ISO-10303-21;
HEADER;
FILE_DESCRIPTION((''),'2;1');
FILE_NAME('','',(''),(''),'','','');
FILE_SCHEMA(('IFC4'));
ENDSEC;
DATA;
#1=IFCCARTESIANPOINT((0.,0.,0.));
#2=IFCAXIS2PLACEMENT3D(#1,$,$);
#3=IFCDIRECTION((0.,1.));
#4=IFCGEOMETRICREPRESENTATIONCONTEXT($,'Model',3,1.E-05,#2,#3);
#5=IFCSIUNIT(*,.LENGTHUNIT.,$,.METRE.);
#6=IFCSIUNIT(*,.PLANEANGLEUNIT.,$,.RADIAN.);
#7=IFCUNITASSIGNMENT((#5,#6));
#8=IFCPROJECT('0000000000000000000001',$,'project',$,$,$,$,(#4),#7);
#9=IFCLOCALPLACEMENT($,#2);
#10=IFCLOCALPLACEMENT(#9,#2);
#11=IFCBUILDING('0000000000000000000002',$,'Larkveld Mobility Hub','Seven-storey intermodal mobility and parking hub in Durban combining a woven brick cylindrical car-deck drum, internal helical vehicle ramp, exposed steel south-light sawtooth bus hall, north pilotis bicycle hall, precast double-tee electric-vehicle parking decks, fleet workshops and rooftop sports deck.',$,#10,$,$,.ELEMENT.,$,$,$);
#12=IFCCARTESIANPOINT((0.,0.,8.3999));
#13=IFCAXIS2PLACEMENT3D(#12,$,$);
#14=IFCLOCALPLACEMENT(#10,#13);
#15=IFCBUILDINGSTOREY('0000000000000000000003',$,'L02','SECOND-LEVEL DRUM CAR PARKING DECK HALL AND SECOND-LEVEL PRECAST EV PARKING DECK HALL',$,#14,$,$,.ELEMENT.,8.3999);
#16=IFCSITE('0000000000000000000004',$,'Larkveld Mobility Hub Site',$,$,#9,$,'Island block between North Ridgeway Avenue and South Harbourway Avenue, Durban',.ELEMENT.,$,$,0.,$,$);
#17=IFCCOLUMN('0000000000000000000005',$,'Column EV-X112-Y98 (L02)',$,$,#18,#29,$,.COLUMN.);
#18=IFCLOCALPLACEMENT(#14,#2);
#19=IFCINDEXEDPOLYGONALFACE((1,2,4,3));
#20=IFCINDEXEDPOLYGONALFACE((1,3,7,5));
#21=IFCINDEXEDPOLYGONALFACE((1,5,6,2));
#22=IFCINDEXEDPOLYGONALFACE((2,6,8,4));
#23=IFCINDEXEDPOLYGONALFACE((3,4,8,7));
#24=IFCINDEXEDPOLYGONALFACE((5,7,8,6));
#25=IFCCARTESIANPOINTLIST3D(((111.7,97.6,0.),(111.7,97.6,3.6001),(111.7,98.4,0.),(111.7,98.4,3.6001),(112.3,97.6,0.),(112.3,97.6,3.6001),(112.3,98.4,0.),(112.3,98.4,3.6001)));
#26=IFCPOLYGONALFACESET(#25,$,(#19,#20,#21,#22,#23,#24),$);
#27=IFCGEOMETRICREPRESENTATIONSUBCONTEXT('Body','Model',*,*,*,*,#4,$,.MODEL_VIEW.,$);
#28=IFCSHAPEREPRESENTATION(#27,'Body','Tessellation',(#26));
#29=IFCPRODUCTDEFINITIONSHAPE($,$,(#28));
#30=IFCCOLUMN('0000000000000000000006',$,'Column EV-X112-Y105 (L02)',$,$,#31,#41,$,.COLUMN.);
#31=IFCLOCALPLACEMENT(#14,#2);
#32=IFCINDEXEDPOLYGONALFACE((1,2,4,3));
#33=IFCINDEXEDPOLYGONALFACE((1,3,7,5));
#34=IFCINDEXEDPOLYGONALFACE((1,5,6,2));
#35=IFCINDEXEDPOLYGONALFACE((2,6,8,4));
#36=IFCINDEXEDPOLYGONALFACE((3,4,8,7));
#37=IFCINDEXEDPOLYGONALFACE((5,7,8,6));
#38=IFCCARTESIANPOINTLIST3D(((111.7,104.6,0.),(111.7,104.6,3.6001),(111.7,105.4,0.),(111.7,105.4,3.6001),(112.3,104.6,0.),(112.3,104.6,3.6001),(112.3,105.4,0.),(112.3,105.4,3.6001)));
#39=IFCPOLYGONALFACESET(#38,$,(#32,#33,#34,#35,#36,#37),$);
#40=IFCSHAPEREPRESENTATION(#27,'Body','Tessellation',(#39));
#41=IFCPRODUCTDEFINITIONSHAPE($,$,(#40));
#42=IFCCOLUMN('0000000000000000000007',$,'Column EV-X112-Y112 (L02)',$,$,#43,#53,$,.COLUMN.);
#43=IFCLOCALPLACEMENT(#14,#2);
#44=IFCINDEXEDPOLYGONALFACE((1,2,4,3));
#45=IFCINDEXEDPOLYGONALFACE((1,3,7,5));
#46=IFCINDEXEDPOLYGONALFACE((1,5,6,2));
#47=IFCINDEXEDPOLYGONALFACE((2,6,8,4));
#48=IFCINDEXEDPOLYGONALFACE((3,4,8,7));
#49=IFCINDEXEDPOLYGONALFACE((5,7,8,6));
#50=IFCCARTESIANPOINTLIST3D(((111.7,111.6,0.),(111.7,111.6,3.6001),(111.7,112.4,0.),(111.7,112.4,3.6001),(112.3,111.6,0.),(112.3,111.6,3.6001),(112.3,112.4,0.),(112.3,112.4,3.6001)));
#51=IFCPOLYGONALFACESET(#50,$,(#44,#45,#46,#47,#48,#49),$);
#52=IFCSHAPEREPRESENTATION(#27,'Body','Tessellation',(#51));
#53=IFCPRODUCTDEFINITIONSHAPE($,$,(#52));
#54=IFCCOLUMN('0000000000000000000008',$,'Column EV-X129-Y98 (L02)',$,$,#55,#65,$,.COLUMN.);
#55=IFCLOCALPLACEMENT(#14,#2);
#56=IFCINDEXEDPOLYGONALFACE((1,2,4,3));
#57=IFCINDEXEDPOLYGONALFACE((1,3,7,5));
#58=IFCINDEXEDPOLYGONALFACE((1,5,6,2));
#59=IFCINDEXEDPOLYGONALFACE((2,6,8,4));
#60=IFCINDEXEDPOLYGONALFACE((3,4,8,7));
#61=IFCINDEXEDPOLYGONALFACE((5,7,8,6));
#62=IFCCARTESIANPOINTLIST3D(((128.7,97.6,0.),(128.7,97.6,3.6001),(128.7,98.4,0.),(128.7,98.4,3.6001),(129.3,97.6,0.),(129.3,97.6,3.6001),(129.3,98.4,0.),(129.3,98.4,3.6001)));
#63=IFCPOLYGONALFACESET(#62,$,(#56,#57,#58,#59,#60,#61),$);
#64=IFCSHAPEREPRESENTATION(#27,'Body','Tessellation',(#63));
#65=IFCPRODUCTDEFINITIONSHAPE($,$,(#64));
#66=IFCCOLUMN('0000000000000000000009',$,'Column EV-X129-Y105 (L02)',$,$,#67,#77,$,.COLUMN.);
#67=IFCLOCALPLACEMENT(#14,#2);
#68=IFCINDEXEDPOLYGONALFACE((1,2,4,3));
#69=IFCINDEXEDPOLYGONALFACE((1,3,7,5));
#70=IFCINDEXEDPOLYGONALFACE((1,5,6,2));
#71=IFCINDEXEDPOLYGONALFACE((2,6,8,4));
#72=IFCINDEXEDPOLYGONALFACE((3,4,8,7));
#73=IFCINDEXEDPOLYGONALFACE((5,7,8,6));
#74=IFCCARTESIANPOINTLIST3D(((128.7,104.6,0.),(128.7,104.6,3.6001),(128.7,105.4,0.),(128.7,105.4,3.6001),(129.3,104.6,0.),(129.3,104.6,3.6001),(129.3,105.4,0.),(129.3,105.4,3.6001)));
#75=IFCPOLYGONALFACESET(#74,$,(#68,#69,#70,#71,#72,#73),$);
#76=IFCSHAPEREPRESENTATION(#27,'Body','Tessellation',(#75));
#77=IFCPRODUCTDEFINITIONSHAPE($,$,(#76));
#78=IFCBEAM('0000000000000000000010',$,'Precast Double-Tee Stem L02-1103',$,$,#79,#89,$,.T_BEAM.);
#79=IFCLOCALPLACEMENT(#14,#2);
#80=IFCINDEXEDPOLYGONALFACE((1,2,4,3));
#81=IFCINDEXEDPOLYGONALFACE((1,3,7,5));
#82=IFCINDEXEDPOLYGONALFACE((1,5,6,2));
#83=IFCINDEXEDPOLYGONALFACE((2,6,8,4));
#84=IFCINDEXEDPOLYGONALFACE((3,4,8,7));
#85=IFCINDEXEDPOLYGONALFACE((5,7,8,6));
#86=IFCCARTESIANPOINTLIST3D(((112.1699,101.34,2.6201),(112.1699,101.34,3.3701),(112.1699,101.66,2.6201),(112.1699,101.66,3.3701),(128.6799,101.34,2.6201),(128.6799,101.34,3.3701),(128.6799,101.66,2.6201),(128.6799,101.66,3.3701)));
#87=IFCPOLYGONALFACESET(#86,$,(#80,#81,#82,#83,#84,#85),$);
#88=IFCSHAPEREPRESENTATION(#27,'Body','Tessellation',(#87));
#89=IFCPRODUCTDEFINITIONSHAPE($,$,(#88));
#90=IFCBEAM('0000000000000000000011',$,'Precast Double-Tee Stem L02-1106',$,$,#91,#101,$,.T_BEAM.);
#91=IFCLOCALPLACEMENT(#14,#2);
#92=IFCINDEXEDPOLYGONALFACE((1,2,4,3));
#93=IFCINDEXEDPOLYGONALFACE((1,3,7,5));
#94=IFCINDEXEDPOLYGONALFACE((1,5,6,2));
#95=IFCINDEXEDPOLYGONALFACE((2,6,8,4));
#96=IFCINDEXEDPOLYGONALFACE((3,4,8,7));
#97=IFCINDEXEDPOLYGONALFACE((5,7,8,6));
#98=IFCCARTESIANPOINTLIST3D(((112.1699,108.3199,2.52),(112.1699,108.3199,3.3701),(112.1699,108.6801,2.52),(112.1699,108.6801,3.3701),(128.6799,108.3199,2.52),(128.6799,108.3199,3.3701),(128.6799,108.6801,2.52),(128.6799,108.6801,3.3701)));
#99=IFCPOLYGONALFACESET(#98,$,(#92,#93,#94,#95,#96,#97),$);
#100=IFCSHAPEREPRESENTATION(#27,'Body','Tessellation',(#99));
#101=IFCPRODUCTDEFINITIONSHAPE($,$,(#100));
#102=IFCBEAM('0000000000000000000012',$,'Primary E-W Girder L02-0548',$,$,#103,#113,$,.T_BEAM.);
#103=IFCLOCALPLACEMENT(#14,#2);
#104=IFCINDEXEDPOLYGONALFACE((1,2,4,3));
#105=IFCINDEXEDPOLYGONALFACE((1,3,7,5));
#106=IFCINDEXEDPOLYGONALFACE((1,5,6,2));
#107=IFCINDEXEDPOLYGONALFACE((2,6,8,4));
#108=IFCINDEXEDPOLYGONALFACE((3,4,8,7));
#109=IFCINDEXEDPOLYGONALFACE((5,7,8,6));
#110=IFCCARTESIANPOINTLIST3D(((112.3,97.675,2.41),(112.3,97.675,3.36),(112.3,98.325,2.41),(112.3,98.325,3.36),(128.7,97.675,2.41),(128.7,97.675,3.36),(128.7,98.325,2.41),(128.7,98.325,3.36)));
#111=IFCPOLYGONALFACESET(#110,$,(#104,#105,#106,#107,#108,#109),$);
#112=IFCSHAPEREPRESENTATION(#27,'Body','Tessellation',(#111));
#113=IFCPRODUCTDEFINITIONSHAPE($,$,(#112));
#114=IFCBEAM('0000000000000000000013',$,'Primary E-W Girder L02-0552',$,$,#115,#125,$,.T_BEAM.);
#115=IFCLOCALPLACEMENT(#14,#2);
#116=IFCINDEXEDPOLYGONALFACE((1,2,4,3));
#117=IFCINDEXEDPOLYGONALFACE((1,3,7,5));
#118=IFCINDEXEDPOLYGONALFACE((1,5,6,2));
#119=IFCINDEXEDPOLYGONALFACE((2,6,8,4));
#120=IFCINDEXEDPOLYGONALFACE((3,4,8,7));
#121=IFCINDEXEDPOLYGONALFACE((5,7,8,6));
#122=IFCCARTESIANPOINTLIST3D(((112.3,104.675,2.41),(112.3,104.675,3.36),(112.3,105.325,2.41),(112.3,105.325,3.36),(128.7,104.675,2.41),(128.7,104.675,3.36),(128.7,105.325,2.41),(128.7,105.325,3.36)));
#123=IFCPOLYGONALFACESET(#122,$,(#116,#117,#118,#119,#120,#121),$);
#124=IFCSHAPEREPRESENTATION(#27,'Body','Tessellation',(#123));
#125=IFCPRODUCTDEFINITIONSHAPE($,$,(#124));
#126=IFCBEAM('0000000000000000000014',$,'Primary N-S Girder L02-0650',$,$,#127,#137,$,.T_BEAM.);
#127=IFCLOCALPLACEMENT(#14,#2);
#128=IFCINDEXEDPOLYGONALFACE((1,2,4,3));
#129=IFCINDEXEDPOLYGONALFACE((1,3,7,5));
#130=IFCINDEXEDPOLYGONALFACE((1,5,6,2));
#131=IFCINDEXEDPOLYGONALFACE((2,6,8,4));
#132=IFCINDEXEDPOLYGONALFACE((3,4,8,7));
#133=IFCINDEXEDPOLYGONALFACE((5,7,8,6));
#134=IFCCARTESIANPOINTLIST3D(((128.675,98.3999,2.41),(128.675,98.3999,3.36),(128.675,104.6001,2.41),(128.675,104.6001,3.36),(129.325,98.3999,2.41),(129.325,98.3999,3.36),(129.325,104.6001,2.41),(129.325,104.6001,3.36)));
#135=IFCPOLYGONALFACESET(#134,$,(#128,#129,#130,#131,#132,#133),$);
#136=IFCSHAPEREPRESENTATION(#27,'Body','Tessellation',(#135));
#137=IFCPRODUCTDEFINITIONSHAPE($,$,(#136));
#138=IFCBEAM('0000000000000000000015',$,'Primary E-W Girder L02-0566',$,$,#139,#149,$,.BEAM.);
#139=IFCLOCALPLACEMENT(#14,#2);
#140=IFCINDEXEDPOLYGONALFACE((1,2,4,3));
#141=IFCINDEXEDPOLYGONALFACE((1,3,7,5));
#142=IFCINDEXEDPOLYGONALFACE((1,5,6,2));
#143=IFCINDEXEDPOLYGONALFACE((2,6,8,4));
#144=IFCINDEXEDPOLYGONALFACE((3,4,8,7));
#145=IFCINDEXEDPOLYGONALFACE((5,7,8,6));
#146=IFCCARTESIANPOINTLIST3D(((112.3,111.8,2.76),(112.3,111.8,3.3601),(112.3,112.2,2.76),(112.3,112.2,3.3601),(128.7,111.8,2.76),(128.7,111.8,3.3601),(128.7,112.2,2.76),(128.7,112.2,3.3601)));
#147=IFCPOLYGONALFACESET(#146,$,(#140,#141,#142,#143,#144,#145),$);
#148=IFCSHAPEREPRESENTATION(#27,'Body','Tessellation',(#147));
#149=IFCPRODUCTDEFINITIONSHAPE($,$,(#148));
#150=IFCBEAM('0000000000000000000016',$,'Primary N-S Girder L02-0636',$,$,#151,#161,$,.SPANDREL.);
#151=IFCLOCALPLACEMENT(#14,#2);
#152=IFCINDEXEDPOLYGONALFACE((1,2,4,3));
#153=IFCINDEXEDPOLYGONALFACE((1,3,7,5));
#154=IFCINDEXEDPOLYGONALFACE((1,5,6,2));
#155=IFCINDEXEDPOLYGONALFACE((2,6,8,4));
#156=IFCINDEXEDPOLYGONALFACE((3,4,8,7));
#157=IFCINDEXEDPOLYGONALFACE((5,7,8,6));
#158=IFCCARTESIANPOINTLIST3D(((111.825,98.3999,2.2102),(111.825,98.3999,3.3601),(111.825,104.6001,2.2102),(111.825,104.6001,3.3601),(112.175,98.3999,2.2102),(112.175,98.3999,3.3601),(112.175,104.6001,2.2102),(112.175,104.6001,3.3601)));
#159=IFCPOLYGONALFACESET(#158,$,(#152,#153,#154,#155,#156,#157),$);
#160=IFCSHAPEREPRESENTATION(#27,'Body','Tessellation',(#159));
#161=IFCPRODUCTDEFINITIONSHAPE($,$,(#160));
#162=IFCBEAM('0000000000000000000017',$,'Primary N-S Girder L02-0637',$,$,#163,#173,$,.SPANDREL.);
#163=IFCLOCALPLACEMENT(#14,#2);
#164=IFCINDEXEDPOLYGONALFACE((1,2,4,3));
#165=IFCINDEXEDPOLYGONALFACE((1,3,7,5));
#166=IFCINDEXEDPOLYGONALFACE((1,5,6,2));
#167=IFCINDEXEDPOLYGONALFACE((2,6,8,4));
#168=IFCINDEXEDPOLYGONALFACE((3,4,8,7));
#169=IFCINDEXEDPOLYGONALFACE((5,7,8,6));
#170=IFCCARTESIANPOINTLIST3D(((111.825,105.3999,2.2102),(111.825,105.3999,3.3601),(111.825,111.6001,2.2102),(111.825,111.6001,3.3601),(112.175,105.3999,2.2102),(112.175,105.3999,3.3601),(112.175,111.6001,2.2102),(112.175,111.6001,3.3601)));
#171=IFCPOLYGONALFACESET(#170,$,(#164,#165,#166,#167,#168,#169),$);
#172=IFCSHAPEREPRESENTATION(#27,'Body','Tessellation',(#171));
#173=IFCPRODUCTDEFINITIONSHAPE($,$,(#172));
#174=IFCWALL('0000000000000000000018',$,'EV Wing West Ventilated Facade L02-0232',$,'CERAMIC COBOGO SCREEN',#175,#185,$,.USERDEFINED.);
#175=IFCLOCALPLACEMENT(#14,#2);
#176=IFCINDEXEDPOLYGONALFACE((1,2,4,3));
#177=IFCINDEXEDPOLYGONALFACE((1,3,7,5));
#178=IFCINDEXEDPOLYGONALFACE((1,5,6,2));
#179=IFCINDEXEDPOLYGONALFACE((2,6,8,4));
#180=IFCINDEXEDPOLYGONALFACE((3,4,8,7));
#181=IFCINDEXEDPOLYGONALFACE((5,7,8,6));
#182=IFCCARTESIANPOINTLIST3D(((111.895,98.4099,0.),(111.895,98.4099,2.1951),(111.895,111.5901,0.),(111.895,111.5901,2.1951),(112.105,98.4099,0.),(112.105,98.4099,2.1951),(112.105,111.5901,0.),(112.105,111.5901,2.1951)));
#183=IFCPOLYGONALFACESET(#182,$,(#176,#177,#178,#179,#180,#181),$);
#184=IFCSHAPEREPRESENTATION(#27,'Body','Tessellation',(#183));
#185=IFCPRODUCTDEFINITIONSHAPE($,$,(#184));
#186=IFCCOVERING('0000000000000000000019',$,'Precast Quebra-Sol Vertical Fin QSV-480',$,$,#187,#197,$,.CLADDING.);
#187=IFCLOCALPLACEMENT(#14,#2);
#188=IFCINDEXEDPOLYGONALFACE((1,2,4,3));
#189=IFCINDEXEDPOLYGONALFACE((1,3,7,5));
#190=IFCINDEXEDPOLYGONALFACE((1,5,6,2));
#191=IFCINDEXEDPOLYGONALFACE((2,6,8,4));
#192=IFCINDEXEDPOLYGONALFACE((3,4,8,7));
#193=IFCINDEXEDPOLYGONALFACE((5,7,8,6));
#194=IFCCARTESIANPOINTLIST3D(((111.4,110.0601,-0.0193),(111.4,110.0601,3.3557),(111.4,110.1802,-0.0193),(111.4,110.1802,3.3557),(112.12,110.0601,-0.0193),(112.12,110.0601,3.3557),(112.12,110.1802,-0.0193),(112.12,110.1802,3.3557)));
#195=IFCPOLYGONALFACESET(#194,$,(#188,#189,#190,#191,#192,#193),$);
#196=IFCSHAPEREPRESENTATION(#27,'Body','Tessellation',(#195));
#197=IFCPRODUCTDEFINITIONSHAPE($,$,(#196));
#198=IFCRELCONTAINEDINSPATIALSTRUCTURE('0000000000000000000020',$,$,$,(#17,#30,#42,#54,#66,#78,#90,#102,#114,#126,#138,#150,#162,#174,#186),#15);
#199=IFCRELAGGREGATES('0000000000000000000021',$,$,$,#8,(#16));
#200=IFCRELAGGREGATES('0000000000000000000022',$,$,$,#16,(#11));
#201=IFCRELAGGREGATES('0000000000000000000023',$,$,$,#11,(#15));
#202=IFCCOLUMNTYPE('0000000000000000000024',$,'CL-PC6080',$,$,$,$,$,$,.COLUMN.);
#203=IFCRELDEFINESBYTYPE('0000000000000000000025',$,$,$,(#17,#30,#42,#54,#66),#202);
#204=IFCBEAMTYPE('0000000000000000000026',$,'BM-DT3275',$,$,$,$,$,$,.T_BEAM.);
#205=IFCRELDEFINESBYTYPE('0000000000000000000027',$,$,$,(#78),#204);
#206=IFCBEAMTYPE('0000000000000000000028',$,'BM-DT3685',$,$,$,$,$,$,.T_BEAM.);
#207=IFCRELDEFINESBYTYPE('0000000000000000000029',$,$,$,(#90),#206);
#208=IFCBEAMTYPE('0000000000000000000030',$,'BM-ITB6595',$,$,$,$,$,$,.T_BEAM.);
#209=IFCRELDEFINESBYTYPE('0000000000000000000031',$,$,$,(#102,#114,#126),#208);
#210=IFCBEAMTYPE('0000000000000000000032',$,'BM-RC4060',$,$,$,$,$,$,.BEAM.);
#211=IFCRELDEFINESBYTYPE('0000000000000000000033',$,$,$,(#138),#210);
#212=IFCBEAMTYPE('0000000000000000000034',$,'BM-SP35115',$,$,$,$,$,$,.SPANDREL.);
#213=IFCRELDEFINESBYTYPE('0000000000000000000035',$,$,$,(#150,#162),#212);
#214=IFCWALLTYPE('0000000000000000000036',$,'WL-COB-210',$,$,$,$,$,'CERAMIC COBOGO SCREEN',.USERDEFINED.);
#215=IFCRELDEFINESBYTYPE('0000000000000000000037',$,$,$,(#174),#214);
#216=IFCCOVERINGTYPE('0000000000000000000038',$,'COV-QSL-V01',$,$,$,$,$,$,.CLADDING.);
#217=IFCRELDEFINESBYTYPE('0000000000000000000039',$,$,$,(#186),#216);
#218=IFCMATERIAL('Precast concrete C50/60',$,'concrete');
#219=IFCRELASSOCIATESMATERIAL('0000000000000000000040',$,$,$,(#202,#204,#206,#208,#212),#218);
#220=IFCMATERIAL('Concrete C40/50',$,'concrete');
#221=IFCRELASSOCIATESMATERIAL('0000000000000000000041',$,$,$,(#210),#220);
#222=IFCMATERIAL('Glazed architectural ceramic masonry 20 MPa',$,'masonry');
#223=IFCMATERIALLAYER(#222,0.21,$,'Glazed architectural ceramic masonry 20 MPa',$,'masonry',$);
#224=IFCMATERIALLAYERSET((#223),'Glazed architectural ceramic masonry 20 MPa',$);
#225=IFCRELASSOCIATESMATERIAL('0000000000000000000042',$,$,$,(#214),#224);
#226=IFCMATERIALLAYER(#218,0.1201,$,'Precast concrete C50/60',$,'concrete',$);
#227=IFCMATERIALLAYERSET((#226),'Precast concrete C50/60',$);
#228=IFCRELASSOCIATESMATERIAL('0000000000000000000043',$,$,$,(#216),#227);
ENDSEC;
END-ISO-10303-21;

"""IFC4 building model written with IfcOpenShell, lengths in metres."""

from ifc_helpers import new_model, si_unit, direction, frame, frame_2d, origin, origin_2d, place, context, subcontext, project, spatial, rectangle, extrude, material, layer, layer_set, material_profile, profile_set, type_object, element, save


model = new_model("IFC4")

# Units and contexts
model_context = context("Model", 3, precision=1e-05, world=origin(), true_north=direction((0.0, 1.0)))
body_context = subcontext(model_context, "Body", "Model", "MODEL_VIEW")
ifc_project = project(units=[si_unit("LENGTHUNIT", "METRE"), si_unit("PLANEANGLEUNIT", "RADIAN")], contexts=[model_context])

# Site, building, storey
site_placement = place(None, origin())
site = spatial("IfcSite", under=ifc_project, at=site_placement, Name="Larkveld Mobility Hub Site", LongName="Island block between North Ridgeway Avenue and South Harbourway Avenue, Durban", CompositionType="ELEMENT", RefElevation=0.0)
building_placement = place(site_placement, origin())
building = spatial("IfcBuilding", under=site, at=building_placement, Name="Larkveld Mobility Hub", Description="Seven-storey intermodal mobility and parking hub in Durban combining a woven brick cylindrical car-deck drum, internal helical vehicle ramp, exposed steel south-light sawtooth bus hall, north pilotis bicycle hall, precast double-tee electric-vehicle parking decks, fleet workshops and rooftop sports deck.", CompositionType="ELEMENT")
storey_placement = place(building_placement, frame((0.0, 0.0, 8.3999)))
storey = spatial("IfcBuildingStorey", under=building, at=storey_placement, Name="L02", Description="SECOND-LEVEL DRUM CAR PARKING DECK HALL AND SECOND-LEVEL PRECAST EV PARKING DECK HALL", CompositionType="ELEMENT", Elevation=8.3999)

# Columns
ifc_material_1 = material(Name="Precast concrete C50/60", Category="concrete")
ifc_material_profile_1 = material_profile(ifc_material_1, rectangle(XDim=0.6001, YDim=0.8, at=origin_2d()), Name="RC COL 600x800")
ifc_profile_set_1 = profile_set([ifc_material_profile_1], Name="Precast concrete C50/60")
column_type = type_object("IfcColumnType", Name="CL-PC6080", PredefinedType="COLUMN", material=ifc_profile_set_1)
for number, where, z_axis, x_axis, name in (
    (1, (112.0, 98.0, 0.0), (0.0, 0.0, 1.0), (1.0, 0.0, 0.0), "Column EV-X112-Y98 (L02)"),
    (2, (112.0, 105.0, 0.0), (0.0, 0.0, 1.0), (1.0, 0.0, 0.0), "Column EV-X112-Y105 (L02)"),
    (3, (112.0, 112.0, 0.0), (0.0, 0.0, 1.0), (1.0, 0.0, 0.0), "Column EV-X112-Y112 (L02)"),
    (4, (129.0, 98.0, 0.0), (0.0, 0.0, 1.0), (1.0, 0.0, 0.0), "Column EV-X129-Y98 (L02)"),
    (5, (129.0, 105.0, 0.0), (0.0, 0.0, 1.0), (1.0, 0.0, 0.0), "Column EV-X129-Y105 (L02)"),
):
    element("IfcColumn", number, at=place(storey_placement, frame(where, z_axis=z_axis, x_axis=x_axis)), inside=storey, type_object=column_type, Name=name, PredefinedType="COLUMN", context=body_context, shape_type="SweptSolid", body=[
        extrude(rectangle(XDim=0.6001, YDim=0.8, at=origin_2d()), origin(), (0.0, 0.0, 1.0), 3.6001),
    ])

# Beams
ifc_material_profile_2 = material_profile(ifc_material_1, rectangle(XDim=0.3201, YDim=0.75, at=origin_2d()), Name="PC DT 320x750")
ifc_profile_set_2 = profile_set([ifc_material_profile_2], Name="Precast concrete C50/60")
beam_type_1 = type_object("IfcBeamType", Name="BM-DT3275", PredefinedType="T_BEAM", material=ifc_profile_set_2)
beam_1_placement = place(storey_placement, frame((112.1699, 101.5, 2.9951), z_axis=(1.0, 0.0, 0.0), x_axis=(0.0, 1.0, 0.0)))
element("IfcBeam", 6, at=beam_1_placement, inside=storey, type_object=beam_type_1, Name="Precast Double-Tee Stem L02-1103", PredefinedType="T_BEAM", context=body_context, shape_type="SweptSolid", body=[
    extrude(rectangle(XDim=0.3201, YDim=0.75, at=origin_2d()), origin(), (0.0, 0.0, 1.0), 16.51),
])
ifc_material_profile_3 = material_profile(ifc_material_1, rectangle(XDim=0.3601, YDim=0.8501, at=origin_2d()), Name="PC DT 360x850")
ifc_profile_set_3 = profile_set([ifc_material_profile_3], Name="Precast concrete C50/60")
beam_type_2 = type_object("IfcBeamType", Name="BM-DT3685", PredefinedType="T_BEAM", material=ifc_profile_set_3)
beam_2_placement = place(storey_placement, frame((112.1699, 108.5, 2.9451), z_axis=(1.0, 0.0, 0.0), x_axis=(0.0, 1.0, 0.0)))
element("IfcBeam", 7, at=beam_2_placement, inside=storey, type_object=beam_type_2, Name="Precast Double-Tee Stem L02-1106", PredefinedType="T_BEAM", context=body_context, shape_type="SweptSolid", body=[
    extrude(rectangle(XDim=0.3601, YDim=0.8501, at=origin_2d()), origin(), (0.0, 0.0, 1.0), 16.51),
])
ifc_material_profile_4 = material_profile(ifc_material_1, rectangle(XDim=0.6499, YDim=0.95, at=origin_2d()), Name="PC ITB 650x950")
ifc_profile_set_4 = profile_set([ifc_material_profile_4], Name="Precast concrete C50/60")
beam_type_3 = type_object("IfcBeamType", Name="BM-ITB6595", PredefinedType="T_BEAM", material=ifc_profile_set_4)
for number, where, z_axis, x_axis, name in (
    (8, (112.3, 98.0, 2.885), (1.0, 0.0, 0.0), (0.0, 1.0, 0.0), "Primary E-W Girder L02-0548"),
    (9, (112.3, 105.0, 2.885), (1.0, 0.0, 0.0), (0.0, 1.0, 0.0), "Primary E-W Girder L02-0552"),
):
    element("IfcBeam", number, at=place(storey_placement, frame(where, z_axis=z_axis, x_axis=x_axis)), inside=storey, type_object=beam_type_3, Name=name, PredefinedType="T_BEAM", context=body_context, shape_type="SweptSolid", body=[
        extrude(rectangle(XDim=0.6499, YDim=0.95, at=origin_2d()), origin(), (0.0, 0.0, 1.0), 16.3999),
    ])
beam_3_placement = place(storey_placement, frame((129.0, 98.3999, 2.885), z_axis=(0.0, 1.0, 0.0), x_axis=(-1.0, 0.0, 0.0)))
element("IfcBeam", 10, at=beam_3_placement, inside=storey, type_object=beam_type_3, Name="Primary N-S Girder L02-0650", PredefinedType="T_BEAM", context=body_context, shape_type="SweptSolid", body=[
    extrude(rectangle(XDim=0.6499, YDim=0.95, at=origin_2d()), origin(), (0.0, 0.0, 1.0), 6.2002),
])
ifc_material_2 = material(Name="Concrete C40/50", Category="concrete")
ifc_material_profile_5 = material_profile(ifc_material_2, rectangle(XDim=0.3999, YDim=0.6001, at=origin_2d()), Name="RC BM 400x600")
ifc_profile_set_5 = profile_set([ifc_material_profile_5], Name="Concrete C40/50")
beam_type_4 = type_object("IfcBeamType", Name="BM-RC4060", PredefinedType="BEAM", material=ifc_profile_set_5)
beam_4_placement = place(storey_placement, frame((112.3, 112.0, 3.0601), z_axis=(1.0, 0.0, 0.0), x_axis=(0.0, 1.0, 0.0)))
element("IfcBeam", 11, at=beam_4_placement, inside=storey, type_object=beam_type_4, Name="Primary E-W Girder L02-0566", PredefinedType="BEAM", context=body_context, shape_type="SweptSolid", body=[
    extrude(rectangle(XDim=0.3999, YDim=0.6001, at=origin_2d()), origin(), (0.0, 0.0, 1.0), 16.3999),
])
ifc_material_profile_6 = material_profile(ifc_material_1, rectangle(XDim=0.3501, YDim=1.1499, at=origin_2d()), Name="PC SP 350x1150")
ifc_profile_set_6 = profile_set([ifc_material_profile_6], Name="Precast concrete C50/60")
beam_type_5 = type_object("IfcBeamType", Name="BM-SP35115", PredefinedType="SPANDREL", material=ifc_profile_set_6)
for number, where, z_axis, x_axis, name in (
    (12, (112.0, 98.3999, 2.7852), (0.0, 1.0, 0.0), (-1.0, 0.0, 0.0), "Primary N-S Girder L02-0636"),
    (13, (112.0, 105.3999, 2.7852), (0.0, 1.0, 0.0), (-1.0, 0.0, 0.0), "Primary N-S Girder L02-0637"),
):
    element("IfcBeam", number, at=place(storey_placement, frame(where, z_axis=z_axis, x_axis=x_axis)), inside=storey, type_object=beam_type_5, Name=name, PredefinedType="SPANDREL", context=body_context, shape_type="SweptSolid", body=[
        extrude(rectangle(XDim=0.3501, YDim=1.1499, at=origin_2d()), origin(), (0.0, 0.0, 1.0), 6.2002),
    ])

# Wall
ifc_material_3 = material(Name="Glazed architectural ceramic masonry 20 MPa", Category="masonry")
ifc_layer_1 = layer(ifc_material_3, 0.21, Name="Glazed architectural ceramic masonry 20 MPa", Category="masonry")
ifc_layer_set_1 = layer_set([ifc_layer_1], Name="Glazed architectural ceramic masonry 20 MPa")
wall_type = type_object("IfcWallType", Name="WL-COB-210", ElementType="CERAMIC COBOGO SCREEN", PredefinedType="USERDEFINED", material=ifc_layer_set_1)
wall_placement = place(storey_placement, frame((112.0, 111.5901, 0.0), z_axis=(0.0, 0.0, 1.0), x_axis=(0.0, -1.0, 0.0)))
element("IfcWall", 14, at=wall_placement, inside=storey, type_object=wall_type, Name="EV Wing West Ventilated Facade L02-0232", ObjectType="CERAMIC COBOGO SCREEN", PredefinedType="USERDEFINED", context=body_context, shape_type="SweptSolid", body=[
    extrude(rectangle(XDim=13.1802, YDim=0.21, at=frame_2d((6.5901, 0.0))), origin(), (0.0, 0.0, 1.0), 2.1951),
])

# Covering
ifc_layer_2 = layer(ifc_material_1, 0.1201, Name="Precast concrete C50/60", Category="concrete")
ifc_layer_set_2 = layer_set([ifc_layer_2], Name="Precast concrete C50/60")
covering_type = type_object("IfcCoveringType", Name="COV-QSL-V01", PredefinedType="CLADDING", material=ifc_layer_set_2)
for number, where, z_axis, x_axis, name in (
    (15, (111.76, 110.1201, -0.0193), (0.0, 0.0, 1.0), (0.0, -1.0, 0.0), "Precast Quebra-Sol Vertical Fin QSV-480"),
):
    element("IfcCovering", number, at=place(storey_placement, frame(where, z_axis=z_axis, x_axis=x_axis)), inside=storey, type_object=covering_type, Name=name, PredefinedType="CLADDING", context=body_context, shape_type="SweptSolid", body=[
        extrude(rectangle(XDim=0.1201, YDim=0.72, at=origin_2d()), origin(), (0.0, 0.0, 1.0), 3.375),
    ])

save(model, "model.ifc")
